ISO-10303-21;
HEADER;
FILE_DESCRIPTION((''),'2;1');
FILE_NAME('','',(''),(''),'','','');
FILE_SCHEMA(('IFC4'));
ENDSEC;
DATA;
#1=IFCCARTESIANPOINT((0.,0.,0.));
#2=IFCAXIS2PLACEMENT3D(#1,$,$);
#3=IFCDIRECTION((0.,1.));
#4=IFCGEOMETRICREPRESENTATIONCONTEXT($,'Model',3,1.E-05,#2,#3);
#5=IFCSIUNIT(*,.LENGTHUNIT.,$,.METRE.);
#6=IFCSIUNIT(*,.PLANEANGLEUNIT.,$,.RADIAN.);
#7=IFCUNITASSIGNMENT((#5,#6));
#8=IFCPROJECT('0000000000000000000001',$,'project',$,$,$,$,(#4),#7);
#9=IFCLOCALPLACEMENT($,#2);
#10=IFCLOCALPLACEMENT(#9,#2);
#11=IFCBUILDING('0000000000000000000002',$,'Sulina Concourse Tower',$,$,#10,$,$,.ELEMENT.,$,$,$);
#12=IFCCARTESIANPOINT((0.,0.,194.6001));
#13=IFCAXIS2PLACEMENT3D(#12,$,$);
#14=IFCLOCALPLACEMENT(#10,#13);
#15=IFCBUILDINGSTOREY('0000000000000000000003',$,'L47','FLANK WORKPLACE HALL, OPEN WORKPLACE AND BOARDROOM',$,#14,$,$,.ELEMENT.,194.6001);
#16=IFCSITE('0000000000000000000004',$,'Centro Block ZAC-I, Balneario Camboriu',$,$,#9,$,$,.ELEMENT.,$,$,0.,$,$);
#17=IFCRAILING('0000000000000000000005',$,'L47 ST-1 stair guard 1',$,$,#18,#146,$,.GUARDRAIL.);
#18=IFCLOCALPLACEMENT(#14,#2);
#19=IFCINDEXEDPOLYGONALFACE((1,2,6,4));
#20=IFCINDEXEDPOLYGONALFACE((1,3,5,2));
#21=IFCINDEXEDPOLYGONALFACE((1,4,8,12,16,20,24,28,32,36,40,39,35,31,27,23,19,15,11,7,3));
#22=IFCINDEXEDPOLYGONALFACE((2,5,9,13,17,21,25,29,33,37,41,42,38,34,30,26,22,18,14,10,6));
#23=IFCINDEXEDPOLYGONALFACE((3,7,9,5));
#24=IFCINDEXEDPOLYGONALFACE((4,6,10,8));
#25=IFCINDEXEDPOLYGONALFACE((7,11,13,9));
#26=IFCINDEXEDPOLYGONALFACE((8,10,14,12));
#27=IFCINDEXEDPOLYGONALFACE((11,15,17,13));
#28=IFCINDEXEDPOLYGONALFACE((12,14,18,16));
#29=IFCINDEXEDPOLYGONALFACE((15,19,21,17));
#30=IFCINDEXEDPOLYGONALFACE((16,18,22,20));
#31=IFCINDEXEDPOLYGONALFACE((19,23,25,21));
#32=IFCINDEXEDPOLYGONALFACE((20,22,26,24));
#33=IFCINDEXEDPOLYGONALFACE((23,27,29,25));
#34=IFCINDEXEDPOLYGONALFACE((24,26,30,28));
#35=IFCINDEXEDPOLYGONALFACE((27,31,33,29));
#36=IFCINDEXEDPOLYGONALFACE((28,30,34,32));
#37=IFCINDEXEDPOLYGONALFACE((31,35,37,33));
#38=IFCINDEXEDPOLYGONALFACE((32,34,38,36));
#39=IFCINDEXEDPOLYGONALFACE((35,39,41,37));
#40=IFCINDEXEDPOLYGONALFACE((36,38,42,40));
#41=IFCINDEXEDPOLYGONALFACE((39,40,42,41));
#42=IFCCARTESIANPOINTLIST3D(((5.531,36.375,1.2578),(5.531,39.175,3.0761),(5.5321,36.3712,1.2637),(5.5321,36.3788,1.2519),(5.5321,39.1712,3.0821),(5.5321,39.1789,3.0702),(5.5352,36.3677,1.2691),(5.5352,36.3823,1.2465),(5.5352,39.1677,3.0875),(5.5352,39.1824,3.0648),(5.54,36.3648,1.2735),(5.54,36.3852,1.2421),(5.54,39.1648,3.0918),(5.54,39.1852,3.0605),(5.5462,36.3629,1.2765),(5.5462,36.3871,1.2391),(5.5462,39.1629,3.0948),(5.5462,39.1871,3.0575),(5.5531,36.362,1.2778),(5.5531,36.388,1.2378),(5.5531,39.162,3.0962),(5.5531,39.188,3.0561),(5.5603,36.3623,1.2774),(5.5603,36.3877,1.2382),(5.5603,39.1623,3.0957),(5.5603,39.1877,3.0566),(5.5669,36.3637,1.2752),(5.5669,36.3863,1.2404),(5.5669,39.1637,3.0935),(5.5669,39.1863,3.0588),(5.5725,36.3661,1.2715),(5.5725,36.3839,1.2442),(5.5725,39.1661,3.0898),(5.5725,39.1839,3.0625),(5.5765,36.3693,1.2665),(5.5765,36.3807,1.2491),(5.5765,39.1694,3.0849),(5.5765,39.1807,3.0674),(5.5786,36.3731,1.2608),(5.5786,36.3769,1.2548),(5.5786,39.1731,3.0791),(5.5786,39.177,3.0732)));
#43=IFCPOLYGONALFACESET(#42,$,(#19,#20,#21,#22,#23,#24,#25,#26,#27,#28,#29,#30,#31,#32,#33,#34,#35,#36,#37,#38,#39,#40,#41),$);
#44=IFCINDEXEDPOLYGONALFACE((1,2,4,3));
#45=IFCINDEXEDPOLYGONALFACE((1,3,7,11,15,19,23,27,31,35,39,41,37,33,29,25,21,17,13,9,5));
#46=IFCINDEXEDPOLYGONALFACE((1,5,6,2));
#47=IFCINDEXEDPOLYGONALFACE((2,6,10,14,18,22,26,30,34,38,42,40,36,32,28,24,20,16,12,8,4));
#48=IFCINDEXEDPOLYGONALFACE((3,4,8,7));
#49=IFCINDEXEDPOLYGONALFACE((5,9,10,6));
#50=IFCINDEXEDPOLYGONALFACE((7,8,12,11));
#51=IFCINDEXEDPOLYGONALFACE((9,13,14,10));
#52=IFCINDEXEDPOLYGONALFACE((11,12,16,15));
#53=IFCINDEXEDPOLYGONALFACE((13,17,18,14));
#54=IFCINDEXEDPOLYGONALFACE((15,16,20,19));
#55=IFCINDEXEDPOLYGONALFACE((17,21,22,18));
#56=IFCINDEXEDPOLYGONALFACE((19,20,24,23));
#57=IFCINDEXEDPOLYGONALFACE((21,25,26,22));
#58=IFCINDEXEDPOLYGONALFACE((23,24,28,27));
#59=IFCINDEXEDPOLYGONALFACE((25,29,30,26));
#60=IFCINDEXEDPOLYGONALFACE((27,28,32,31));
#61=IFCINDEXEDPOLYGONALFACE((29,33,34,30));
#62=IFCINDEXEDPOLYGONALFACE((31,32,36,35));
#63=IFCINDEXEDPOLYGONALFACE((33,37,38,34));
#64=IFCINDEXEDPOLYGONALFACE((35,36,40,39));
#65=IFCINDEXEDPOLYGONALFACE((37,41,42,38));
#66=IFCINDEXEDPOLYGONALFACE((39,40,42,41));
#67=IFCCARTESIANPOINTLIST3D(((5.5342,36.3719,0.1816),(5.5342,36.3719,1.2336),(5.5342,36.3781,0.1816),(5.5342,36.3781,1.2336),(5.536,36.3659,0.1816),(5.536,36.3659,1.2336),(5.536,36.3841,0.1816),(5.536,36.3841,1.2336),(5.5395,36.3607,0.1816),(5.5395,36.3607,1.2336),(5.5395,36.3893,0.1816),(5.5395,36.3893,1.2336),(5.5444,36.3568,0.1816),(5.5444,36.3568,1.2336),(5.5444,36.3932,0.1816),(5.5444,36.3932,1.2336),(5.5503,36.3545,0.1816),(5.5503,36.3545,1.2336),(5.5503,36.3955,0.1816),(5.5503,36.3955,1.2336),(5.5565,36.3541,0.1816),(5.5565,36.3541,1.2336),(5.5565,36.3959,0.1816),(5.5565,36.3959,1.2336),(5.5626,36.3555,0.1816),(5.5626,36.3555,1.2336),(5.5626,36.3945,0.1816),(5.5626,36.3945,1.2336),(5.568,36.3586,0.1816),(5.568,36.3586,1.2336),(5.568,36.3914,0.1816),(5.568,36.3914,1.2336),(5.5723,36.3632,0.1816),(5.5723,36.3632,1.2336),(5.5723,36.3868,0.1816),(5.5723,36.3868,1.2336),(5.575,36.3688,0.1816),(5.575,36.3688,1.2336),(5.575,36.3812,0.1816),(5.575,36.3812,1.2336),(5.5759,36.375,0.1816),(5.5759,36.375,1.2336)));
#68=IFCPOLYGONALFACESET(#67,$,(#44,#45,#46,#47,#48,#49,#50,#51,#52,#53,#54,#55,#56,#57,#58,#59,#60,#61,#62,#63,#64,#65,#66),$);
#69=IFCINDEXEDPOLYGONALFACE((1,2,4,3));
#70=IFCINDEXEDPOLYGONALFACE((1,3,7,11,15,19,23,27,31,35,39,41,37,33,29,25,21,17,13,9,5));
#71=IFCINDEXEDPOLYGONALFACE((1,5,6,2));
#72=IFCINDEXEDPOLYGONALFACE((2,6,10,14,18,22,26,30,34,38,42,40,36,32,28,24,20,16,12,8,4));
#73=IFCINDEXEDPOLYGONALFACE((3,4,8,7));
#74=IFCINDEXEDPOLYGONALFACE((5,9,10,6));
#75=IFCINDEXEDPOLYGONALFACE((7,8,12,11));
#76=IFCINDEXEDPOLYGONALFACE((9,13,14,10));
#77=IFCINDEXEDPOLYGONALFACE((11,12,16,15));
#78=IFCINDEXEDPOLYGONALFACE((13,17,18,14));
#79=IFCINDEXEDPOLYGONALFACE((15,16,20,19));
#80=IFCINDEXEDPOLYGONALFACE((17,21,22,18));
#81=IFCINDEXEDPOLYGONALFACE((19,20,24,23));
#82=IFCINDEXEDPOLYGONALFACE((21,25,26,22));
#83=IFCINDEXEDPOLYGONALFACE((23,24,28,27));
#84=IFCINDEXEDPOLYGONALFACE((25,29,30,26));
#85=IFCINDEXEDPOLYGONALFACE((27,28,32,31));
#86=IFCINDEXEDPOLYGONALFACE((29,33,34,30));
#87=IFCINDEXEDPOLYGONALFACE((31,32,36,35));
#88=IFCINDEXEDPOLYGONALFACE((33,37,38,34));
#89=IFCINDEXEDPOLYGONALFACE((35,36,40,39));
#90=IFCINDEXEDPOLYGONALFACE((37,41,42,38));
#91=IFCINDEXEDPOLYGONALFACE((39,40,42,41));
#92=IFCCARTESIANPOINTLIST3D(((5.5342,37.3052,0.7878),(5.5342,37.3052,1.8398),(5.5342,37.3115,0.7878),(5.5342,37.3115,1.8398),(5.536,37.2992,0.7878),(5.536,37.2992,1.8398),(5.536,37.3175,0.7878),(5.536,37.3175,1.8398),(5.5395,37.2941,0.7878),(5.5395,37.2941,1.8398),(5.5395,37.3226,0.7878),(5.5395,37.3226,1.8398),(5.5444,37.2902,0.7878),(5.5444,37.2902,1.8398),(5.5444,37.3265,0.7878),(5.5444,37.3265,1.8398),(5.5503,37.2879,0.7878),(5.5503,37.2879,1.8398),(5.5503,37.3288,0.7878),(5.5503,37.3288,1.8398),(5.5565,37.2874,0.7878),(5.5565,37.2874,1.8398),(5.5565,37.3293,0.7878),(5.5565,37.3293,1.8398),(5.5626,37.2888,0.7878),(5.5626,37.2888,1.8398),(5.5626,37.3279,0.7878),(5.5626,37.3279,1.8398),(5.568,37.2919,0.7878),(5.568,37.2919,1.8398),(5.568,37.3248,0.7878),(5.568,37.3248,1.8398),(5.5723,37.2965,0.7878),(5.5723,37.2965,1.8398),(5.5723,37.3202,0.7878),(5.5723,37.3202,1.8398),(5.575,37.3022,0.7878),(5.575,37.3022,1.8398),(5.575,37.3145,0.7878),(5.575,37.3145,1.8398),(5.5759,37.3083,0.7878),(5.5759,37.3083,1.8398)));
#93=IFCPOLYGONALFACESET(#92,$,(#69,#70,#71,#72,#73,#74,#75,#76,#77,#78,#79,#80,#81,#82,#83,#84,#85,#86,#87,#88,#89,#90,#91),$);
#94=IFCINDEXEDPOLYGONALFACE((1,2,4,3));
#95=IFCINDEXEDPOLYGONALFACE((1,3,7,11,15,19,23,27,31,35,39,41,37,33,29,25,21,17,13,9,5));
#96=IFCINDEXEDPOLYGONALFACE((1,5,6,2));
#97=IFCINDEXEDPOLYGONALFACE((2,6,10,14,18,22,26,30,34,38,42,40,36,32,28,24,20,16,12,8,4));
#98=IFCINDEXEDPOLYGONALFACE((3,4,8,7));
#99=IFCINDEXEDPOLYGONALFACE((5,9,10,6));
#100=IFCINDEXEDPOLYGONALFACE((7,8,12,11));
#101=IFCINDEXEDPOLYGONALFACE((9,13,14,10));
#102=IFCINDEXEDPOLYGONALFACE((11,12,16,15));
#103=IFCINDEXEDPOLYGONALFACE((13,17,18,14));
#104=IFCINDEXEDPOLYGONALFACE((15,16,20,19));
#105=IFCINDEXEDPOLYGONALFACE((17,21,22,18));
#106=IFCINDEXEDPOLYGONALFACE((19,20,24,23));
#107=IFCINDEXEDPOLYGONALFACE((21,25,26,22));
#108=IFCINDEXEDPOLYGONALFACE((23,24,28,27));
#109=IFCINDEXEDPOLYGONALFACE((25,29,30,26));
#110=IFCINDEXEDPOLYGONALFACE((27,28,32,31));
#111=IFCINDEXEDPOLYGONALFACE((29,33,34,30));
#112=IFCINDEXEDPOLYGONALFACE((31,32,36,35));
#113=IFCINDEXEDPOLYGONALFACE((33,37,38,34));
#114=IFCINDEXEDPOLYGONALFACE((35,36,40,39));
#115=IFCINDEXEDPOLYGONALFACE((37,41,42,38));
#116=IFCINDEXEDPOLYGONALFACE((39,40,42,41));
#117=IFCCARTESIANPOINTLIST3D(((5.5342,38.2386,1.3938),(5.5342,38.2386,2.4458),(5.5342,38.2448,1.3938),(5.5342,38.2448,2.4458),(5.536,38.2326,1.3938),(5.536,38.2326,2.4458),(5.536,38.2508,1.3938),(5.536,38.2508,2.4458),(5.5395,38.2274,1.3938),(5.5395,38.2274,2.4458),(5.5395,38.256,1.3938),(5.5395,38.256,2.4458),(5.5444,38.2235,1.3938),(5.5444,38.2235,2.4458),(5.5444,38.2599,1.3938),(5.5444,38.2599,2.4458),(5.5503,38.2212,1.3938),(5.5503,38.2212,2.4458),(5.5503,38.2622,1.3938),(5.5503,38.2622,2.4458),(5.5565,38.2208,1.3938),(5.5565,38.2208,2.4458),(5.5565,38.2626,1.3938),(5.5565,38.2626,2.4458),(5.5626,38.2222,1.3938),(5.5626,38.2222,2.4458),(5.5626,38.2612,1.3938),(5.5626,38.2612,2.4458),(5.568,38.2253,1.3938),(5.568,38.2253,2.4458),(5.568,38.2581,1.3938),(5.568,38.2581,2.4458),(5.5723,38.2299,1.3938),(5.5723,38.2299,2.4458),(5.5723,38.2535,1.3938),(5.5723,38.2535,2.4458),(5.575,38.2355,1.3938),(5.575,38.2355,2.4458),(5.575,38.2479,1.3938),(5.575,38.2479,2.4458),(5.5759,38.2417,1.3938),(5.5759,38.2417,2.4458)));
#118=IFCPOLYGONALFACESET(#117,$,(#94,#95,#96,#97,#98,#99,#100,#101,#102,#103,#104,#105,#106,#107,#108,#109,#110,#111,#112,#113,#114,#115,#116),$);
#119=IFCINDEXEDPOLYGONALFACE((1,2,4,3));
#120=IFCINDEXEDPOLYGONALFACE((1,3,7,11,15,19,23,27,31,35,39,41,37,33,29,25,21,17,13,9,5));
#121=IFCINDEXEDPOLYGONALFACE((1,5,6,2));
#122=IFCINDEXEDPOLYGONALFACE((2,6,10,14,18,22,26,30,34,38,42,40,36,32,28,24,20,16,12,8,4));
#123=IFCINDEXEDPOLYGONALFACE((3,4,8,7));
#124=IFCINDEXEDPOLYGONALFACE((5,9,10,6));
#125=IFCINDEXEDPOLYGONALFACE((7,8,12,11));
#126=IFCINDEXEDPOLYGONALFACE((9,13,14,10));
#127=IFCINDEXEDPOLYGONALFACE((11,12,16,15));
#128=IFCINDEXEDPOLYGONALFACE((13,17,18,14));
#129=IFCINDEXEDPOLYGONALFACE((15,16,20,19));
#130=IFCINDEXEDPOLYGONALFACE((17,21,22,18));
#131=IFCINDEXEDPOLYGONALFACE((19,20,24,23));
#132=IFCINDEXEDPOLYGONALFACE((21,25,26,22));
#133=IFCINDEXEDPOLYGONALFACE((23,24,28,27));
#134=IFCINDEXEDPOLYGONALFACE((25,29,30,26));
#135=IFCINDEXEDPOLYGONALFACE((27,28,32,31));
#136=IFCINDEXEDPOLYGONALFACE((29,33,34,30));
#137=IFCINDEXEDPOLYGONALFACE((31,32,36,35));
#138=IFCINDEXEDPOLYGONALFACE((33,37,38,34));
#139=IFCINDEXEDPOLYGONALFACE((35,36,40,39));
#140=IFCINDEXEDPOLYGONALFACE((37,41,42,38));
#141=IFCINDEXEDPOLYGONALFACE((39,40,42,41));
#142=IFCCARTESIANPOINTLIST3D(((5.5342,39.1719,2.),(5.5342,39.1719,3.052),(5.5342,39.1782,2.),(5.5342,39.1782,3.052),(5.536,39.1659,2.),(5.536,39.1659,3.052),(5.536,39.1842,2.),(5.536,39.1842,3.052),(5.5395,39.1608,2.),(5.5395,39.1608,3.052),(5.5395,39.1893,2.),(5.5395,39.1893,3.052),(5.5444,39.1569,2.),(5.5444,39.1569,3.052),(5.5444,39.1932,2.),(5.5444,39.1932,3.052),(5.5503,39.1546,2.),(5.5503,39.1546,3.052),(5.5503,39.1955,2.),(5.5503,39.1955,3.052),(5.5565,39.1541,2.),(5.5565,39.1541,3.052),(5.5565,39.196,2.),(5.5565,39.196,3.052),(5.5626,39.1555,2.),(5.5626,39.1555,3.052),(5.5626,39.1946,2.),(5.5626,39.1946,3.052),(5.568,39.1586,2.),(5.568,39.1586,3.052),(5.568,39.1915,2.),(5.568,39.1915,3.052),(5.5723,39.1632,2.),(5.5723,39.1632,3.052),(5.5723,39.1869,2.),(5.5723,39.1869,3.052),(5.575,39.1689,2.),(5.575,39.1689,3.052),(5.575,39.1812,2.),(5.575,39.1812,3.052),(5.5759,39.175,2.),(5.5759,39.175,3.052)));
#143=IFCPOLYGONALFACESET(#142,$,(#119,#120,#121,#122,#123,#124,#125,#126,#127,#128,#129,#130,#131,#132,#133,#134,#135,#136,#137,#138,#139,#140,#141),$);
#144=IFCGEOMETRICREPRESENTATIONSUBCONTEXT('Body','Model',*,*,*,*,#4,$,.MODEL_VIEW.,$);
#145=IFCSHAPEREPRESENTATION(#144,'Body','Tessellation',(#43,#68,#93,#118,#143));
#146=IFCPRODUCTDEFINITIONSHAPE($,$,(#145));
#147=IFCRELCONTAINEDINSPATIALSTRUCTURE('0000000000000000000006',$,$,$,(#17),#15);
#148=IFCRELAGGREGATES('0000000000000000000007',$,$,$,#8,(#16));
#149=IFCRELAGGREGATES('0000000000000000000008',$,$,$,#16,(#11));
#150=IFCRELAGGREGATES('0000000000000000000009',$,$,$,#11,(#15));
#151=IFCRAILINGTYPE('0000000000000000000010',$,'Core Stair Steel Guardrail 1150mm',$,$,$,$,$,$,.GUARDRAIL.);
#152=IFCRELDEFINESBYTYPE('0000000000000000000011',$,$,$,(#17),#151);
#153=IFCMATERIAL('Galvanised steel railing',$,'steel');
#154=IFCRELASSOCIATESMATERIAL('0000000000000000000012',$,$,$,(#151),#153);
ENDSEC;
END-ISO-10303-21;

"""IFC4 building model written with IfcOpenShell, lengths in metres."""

from ifc_helpers import new_model, si_unit, direction, frame, origin, origin_2d, place, context, subcontext, project, spatial, circle, extrude, material, type_object, element, save


model = new_model("IFC4")

# Units and contexts
model_context = context("Model", 3, precision=1e-05, world=origin(), true_north=direction((0.0, 1.0)))
body_context = subcontext(model_context, "Body", "Model", "MODEL_VIEW")
ifc_project = project(units=[si_unit("LENGTHUNIT", "METRE"), si_unit("PLANEANGLEUNIT", "RADIAN")], contexts=[model_context])

# Site, building, storey
site_placement = place(None, origin())
site = spatial("IfcSite", under=ifc_project, at=site_placement, Name="Centro Block ZAC-I, Balneario Camboriu", CompositionType="ELEMENT", RefElevation=0.0)
building_placement = place(site_placement, origin())
building = spatial("IfcBuilding", under=site, at=building_placement, Name="Sulina Concourse Tower", CompositionType="ELEMENT")
storey_placement = place(building_placement, frame((0.0, 0.0, 194.6001)))
storey = spatial("IfcBuildingStorey", under=building, at=storey_placement, Name="L47", Description="FLANK WORKPLACE HALL, OPEN WORKPLACE AND BOARDROOM", CompositionType="ELEMENT", Elevation=194.6001)

# Railing
ifc_material_1 = material(Name="Galvanised steel railing", Category="steel")
railing_type_1 = type_object("IfcRailingType", Name="Core Stair Steel Guardrail 1150mm", PredefinedType="GUARDRAIL", material=ifc_material_1)
railing_1_placement = place(storey_placement, frame((5.5549, 36.375, 0.1816)))
element("IfcRailing", 1, at=railing_1_placement, inside=storey, type_object=railing_type_1, Name="L47 ST-1 stair guard 1", PredefinedType="GUARDRAIL", context=body_context, shape_type="SweptSolid", body=[
    extrude(circle(Radius=0.0239, at=origin_2d()), frame((0.0, 0.0, 1.0762), z_axis=(0.0, 0.838672, 0.544636), x_axis=(-1.0, 0.0, 0.0)), (0.0, 0.0, 1.0), 3.3386),
    extrude(circle(Radius=0.021, at=origin_2d()), origin(), (0.0, 0.0, 1.0), 1.052),
    extrude(circle(Radius=0.021, at=origin_2d()), frame((0.0, 0.9333, 0.6062)), (0.0, 0.0, 1.0), 1.052),
    extrude(circle(Radius=0.021, at=origin_2d()), frame((0.0, 1.8667, 1.2122)), (0.0, 0.0, 1.0), 1.052),
    extrude(circle(Radius=0.021, at=origin_2d()), frame((0.0, 2.8, 1.8184)), (0.0, 0.0, 1.0), 1.052),
])

save(model, "model.ifc")
